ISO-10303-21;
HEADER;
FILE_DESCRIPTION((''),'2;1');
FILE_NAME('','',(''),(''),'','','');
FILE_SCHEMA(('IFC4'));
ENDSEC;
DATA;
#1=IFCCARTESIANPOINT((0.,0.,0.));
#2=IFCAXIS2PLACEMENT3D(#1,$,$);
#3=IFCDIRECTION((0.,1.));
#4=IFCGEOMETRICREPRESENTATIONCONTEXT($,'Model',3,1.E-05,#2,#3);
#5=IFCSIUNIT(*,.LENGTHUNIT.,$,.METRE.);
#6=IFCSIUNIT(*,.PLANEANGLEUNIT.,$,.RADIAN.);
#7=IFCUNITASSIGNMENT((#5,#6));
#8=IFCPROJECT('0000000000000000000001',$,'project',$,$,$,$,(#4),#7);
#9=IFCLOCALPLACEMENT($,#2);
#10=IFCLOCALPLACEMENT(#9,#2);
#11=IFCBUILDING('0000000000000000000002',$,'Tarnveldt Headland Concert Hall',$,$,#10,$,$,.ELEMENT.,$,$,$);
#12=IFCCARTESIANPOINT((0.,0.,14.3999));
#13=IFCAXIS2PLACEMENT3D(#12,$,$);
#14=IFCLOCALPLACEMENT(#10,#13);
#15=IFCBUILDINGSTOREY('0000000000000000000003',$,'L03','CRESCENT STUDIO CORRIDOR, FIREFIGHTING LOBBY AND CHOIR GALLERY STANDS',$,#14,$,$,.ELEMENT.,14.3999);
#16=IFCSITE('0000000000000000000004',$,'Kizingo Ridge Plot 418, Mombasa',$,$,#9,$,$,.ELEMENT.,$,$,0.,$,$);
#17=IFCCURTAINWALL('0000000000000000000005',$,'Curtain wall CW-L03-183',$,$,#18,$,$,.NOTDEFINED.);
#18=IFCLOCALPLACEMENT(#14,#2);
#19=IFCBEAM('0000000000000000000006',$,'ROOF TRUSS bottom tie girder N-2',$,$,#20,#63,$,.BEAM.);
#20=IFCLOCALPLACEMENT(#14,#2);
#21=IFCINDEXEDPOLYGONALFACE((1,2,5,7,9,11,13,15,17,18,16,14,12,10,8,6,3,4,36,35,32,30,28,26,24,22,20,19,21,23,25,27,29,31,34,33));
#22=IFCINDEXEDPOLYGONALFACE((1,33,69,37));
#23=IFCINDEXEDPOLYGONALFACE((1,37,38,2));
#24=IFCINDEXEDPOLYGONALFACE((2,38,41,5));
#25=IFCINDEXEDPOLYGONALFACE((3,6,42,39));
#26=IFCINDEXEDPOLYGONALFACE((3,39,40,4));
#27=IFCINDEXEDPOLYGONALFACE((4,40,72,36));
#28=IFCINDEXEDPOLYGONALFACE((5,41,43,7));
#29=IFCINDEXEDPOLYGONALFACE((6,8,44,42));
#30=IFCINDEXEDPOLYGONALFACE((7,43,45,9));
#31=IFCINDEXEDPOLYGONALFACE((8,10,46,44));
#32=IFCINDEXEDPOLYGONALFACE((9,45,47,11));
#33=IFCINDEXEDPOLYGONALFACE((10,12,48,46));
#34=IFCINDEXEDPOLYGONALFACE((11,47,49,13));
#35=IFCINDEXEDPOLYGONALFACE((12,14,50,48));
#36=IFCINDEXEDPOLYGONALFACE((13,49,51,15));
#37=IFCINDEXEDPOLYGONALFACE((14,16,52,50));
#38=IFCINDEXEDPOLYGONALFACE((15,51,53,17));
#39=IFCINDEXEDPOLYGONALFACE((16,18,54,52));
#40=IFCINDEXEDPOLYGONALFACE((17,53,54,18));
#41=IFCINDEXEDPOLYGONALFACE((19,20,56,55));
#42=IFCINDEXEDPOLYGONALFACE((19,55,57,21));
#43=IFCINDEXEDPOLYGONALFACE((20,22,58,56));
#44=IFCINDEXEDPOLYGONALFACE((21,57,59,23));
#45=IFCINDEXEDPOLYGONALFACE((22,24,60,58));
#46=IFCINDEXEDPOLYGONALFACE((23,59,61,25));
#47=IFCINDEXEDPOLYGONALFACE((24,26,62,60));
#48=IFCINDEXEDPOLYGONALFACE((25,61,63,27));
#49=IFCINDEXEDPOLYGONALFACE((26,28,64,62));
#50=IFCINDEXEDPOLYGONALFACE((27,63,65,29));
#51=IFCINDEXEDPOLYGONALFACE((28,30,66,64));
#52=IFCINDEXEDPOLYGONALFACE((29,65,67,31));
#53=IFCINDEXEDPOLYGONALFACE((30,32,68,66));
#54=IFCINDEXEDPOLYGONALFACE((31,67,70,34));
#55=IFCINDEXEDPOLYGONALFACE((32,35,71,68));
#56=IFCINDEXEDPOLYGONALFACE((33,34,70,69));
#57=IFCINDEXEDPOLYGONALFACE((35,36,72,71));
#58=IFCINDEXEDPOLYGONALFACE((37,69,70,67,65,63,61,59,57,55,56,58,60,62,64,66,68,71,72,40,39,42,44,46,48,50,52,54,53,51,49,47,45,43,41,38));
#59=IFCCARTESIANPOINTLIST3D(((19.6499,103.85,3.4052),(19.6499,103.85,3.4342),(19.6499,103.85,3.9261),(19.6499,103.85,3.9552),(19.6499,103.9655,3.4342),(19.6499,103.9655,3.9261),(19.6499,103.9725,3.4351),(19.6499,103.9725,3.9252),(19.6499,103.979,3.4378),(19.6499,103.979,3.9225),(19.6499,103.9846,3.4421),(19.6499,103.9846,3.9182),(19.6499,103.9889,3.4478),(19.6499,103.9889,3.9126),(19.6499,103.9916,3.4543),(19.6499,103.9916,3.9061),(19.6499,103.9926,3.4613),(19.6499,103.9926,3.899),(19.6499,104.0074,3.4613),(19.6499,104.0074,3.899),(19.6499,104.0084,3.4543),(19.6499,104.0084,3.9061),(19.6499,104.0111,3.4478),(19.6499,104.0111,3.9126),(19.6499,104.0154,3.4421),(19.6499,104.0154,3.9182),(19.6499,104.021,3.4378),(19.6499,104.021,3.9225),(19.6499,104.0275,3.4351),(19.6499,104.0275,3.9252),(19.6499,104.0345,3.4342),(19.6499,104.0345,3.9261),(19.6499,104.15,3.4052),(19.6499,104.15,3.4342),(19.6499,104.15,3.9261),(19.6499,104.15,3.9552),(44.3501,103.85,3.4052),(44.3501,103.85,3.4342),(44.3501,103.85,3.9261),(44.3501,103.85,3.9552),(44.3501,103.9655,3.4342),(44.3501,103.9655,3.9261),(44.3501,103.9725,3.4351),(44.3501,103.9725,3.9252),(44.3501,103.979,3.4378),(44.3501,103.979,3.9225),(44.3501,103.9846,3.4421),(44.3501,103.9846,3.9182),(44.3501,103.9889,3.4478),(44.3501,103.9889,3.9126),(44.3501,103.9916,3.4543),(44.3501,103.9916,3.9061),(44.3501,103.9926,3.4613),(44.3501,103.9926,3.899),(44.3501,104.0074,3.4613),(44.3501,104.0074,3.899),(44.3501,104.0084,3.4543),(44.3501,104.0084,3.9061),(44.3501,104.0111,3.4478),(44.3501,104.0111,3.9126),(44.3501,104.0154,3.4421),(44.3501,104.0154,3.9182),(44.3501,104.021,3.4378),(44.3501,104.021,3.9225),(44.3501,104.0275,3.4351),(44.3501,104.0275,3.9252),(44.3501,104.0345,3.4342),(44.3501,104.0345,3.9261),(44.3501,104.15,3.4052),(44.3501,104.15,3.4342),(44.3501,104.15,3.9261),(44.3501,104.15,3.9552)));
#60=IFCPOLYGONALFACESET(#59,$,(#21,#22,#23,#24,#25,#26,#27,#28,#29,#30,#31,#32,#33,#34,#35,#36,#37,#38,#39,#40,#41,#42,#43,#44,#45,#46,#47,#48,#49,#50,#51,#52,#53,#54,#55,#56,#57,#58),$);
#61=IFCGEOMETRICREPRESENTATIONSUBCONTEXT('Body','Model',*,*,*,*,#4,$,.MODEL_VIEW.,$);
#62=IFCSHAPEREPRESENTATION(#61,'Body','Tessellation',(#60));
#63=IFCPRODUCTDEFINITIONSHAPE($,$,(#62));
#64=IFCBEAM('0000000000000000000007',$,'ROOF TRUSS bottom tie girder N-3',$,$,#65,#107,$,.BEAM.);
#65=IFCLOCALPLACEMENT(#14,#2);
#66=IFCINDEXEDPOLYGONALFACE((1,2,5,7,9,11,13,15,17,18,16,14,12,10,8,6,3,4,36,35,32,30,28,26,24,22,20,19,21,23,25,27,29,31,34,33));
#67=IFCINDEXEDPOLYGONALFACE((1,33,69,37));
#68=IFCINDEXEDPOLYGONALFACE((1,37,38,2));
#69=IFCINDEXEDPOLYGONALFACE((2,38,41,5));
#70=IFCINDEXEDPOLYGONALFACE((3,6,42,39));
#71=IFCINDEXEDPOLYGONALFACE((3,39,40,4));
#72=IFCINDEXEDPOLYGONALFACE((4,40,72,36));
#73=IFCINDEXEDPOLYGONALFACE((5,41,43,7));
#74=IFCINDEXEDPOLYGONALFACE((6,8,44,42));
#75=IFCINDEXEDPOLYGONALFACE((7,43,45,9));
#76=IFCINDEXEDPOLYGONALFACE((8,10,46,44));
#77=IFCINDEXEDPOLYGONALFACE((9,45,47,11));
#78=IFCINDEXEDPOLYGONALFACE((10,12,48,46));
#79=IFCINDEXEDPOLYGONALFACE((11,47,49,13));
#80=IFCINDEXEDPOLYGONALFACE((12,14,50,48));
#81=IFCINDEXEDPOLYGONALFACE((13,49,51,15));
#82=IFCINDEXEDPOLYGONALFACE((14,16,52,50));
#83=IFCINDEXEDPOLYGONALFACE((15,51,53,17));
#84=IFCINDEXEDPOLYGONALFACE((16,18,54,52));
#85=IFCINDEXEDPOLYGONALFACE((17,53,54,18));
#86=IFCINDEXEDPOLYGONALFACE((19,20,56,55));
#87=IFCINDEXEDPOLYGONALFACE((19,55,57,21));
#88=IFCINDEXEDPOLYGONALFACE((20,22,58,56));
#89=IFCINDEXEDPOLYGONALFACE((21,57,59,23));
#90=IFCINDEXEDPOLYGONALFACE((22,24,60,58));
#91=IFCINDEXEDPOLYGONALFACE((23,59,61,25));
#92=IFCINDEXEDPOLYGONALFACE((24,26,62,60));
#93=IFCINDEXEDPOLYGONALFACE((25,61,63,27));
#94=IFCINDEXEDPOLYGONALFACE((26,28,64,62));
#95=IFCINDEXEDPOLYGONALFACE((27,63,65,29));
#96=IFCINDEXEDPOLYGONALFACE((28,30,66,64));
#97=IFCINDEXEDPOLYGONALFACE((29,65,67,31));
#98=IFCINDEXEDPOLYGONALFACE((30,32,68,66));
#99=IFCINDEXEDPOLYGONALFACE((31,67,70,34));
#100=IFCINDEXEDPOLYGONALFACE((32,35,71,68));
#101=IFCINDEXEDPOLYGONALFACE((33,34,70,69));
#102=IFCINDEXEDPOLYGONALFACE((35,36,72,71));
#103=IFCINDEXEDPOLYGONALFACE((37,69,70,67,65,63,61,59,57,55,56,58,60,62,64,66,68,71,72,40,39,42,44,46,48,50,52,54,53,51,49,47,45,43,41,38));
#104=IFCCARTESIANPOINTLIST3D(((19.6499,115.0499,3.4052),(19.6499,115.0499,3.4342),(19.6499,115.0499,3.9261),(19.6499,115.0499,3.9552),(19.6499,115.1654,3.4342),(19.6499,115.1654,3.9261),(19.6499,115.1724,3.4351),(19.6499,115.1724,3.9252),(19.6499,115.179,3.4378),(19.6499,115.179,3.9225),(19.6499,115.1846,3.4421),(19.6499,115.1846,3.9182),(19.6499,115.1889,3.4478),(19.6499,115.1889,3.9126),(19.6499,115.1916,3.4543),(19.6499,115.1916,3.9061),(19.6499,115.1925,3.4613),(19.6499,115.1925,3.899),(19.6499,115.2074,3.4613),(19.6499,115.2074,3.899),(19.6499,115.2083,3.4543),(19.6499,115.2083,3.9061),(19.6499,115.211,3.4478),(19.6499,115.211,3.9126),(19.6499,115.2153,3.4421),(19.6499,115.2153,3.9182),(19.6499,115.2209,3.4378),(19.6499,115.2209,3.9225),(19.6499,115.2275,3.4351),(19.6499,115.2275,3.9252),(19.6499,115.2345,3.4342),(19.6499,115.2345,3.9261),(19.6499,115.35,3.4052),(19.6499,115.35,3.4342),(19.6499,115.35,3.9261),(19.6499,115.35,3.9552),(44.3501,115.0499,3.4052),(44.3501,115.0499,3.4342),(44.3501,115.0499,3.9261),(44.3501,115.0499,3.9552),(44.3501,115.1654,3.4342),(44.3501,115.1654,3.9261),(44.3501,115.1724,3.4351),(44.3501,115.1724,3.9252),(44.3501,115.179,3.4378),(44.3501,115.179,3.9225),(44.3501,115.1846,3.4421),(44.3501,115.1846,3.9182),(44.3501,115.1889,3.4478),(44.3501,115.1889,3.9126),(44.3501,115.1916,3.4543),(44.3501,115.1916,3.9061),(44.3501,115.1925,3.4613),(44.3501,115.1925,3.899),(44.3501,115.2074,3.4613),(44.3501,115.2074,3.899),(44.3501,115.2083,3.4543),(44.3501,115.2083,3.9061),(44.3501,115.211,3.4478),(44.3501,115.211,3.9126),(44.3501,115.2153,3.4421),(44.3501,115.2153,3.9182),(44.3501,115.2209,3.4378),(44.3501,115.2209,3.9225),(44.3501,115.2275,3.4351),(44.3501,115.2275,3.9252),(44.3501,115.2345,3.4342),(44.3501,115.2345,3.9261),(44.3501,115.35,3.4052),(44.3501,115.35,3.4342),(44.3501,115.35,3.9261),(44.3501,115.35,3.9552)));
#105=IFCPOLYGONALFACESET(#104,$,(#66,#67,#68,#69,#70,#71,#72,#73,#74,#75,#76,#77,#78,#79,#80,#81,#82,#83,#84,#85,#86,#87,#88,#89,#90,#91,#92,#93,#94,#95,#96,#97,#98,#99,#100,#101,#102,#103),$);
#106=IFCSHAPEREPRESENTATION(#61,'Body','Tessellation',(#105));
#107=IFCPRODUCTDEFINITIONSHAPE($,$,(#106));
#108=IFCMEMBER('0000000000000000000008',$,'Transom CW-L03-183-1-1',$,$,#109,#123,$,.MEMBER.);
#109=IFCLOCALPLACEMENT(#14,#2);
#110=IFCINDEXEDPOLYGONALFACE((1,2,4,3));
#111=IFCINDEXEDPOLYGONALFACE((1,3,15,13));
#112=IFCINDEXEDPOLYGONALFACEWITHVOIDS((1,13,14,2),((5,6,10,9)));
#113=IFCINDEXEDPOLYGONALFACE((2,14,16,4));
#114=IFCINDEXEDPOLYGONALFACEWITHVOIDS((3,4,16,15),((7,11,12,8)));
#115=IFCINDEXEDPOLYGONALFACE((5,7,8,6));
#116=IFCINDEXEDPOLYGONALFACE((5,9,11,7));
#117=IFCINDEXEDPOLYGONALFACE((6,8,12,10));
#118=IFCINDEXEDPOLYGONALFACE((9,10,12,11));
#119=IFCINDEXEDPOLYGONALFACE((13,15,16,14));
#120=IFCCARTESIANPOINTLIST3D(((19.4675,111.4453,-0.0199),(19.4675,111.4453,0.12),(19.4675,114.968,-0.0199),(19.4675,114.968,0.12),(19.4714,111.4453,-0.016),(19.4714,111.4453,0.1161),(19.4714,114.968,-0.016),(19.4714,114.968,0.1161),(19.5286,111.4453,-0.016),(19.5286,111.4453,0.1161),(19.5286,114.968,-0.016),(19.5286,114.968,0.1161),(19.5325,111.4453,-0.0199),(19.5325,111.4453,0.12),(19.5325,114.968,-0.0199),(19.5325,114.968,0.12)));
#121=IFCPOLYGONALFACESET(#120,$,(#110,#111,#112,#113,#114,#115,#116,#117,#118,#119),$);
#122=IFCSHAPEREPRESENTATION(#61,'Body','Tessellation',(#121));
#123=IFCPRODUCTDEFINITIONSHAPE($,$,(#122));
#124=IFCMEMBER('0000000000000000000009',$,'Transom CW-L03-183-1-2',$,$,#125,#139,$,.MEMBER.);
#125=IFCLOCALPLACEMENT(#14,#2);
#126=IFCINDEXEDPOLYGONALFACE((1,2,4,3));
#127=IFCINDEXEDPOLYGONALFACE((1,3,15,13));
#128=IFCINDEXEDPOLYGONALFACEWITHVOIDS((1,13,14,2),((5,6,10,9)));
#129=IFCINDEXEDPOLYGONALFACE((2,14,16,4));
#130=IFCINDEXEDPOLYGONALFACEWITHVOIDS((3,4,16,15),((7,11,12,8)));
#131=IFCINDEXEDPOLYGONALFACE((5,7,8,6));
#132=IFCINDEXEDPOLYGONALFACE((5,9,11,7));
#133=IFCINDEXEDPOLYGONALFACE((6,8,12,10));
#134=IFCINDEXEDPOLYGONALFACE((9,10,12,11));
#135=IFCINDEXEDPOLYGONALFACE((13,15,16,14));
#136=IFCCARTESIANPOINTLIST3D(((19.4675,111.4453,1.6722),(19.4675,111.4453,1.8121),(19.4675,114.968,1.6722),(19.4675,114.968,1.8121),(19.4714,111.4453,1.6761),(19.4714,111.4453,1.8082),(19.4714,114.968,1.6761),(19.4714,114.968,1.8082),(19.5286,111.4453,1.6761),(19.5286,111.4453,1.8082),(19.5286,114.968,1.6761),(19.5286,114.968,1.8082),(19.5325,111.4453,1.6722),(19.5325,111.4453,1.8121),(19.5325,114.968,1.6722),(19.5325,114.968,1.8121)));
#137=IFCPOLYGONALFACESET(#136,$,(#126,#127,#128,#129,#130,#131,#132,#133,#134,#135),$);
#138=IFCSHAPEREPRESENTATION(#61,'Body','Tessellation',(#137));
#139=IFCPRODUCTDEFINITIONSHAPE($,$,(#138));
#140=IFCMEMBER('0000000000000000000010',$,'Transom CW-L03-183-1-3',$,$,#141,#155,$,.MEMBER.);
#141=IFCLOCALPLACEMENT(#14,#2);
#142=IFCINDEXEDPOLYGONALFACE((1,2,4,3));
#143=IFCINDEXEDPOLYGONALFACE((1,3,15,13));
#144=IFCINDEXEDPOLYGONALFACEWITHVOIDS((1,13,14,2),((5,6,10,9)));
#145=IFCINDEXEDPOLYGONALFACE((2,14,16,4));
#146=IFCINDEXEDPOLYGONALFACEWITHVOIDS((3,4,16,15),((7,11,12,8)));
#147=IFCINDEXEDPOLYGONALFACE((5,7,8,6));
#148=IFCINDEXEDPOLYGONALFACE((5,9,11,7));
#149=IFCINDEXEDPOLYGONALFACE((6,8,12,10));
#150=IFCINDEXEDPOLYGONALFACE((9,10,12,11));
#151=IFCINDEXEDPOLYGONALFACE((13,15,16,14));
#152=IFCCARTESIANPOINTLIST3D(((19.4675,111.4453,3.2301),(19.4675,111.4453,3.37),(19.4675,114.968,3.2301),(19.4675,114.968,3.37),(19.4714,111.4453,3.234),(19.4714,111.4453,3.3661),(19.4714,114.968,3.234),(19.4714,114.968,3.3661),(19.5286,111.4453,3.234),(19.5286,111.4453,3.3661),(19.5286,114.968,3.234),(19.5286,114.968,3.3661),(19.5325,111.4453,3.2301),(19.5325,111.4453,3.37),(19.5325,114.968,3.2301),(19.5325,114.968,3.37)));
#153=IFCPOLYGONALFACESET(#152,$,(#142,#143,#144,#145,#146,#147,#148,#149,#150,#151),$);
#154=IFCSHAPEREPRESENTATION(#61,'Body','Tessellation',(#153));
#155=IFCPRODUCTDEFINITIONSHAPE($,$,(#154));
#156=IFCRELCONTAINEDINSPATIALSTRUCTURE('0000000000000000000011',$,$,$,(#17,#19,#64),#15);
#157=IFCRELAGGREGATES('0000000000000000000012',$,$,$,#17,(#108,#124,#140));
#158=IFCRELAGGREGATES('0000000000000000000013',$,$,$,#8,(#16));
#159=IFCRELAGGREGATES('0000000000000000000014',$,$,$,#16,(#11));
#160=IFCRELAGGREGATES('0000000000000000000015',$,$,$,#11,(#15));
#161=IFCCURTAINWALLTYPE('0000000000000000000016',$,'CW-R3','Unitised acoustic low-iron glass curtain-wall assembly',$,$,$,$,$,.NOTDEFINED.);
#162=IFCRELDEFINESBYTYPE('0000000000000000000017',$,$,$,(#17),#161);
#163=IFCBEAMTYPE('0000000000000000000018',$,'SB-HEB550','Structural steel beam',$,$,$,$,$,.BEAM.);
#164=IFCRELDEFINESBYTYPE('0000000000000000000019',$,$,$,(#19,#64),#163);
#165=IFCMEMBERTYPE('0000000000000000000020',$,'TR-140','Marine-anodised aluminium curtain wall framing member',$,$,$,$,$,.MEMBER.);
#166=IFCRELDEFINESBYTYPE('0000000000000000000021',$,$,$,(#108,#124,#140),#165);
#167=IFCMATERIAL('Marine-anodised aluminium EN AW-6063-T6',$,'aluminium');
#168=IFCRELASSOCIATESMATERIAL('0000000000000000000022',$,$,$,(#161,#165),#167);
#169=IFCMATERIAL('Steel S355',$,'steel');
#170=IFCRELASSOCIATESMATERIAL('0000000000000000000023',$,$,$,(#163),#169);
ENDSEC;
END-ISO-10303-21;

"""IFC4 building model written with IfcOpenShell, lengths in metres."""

from ifc_helpers import new_model, si_unit, direction, frame, origin, origin_2d, place, context, subcontext, project, spatial, hollow_rectangle, i_section, extrude, material, material_profile, profile_set, type_object, element, aggregate, save


model = new_model("IFC4")

# Units and contexts
model_context = context("Model", 3, precision=1e-05, world=origin(), true_north=direction((0.0, 1.0)))
body_context = subcontext(model_context, "Body", "Model", "MODEL_VIEW")
ifc_project = project(units=[si_unit("LENGTHUNIT", "METRE"), si_unit("PLANEANGLEUNIT", "RADIAN")], contexts=[model_context])

# Site, building, storey
site_placement = place(None, origin())
site = spatial("IfcSite", under=ifc_project, at=site_placement, Name="Kizingo Ridge Plot 418, Mombasa", CompositionType="ELEMENT", RefElevation=0.0)
building_placement = place(site_placement, origin())
building = spatial("IfcBuilding", under=site, at=building_placement, Name="Tarnveldt Headland Concert Hall", CompositionType="ELEMENT")
storey_placement = place(building_placement, frame((0.0, 0.0, 14.3999)))
storey = spatial("IfcBuildingStorey", under=building, at=storey_placement, Name="L03", Description="CRESCENT STUDIO CORRIDOR, FIREFIGHTING LOBBY AND CHOIR GALLERY STANDS", CompositionType="ELEMENT", Elevation=14.3999)

# Shared definitions
ifc_material_1 = material(Name="Steel S355", Category="steel")

# Curtain wall
ifc_material_2 = material(Name="Marine-anodised aluminium EN AW-6063-T6", Category="aluminium")
curtain_wall_type = type_object("IfcCurtainWallType", Name="CW-R3", Description="Unitised acoustic low-iron glass curtain-wall assembly", PredefinedType="NOTDEFINED", material=ifc_material_2)
curtain_wall_placement = place(storey_placement, origin())
curtain_wall = element("IfcCurtainWall", 1, at=curtain_wall_placement, inside=storey, type_object=curtain_wall_type, Name="Curtain wall CW-L03-183", PredefinedType="NOTDEFINED")

# Beams
ifc_material_profile_1 = material_profile(ifc_material_1, i_section(OverallWidth=0.3, OverallDepth=0.55, WebThickness=0.0149, FlangeThickness=0.0291, FilletRadius=0.0271, at=origin_2d()), Name="HEB550", Category="steel")
ifc_profile_set_1 = profile_set([ifc_material_profile_1], Name="Steel S355")
beam_type = type_object("IfcBeamType", Name="SB-HEB550", Description="Structural steel beam", PredefinedType="BEAM", material=ifc_profile_set_1)
for number, where, z_axis, x_axis, name in (
    (2, (19.6499, 104.0, 3.6802), (1.0, 0.0, 0.0), (0.0, 1.0, 0.0), "ROOF TRUSS bottom tie girder N-2"),
    (3, (19.6499, 115.2, 3.6802), (1.0, 0.0, 0.0), (0.0, 1.0, 0.0), "ROOF TRUSS bottom tie girder N-3"),
):
    element("IfcBeam", number, at=place(storey_placement, frame(where, z_axis=z_axis, x_axis=x_axis)), inside=storey, type_object=beam_type, Name=name, PredefinedType="BEAM", context=body_context, shape_type="SweptSolid", body=[
        extrude(i_section(OverallWidth=0.3, OverallDepth=0.55, WebThickness=0.0149, FlangeThickness=0.0291, FilletRadius=0.0271, at=origin_2d()), origin(), (0.0, 0.0, 1.0), 24.7002),
    ])

# Members
ifc_material_profile_2 = material_profile(ifc_material_2, hollow_rectangle(XDim=0.0649, YDim=0.1399, WallThickness=0.0039, at=origin_2d()), Name="ALU TRANSOM 65x140x4", Category="aluminium")
ifc_profile_set_2 = profile_set([ifc_material_profile_2], Name="Marine-anodised aluminium EN AW-6063-T6")
member_type_1 = type_object("IfcMemberType", Name="TR-140", Description="Marine-anodised aluminium curtain wall framing member", PredefinedType="MEMBER", material=ifc_profile_set_2)
member_1_placement = place(storey_placement, frame((19.5, 114.968, 0.05), z_axis=(0.0, -1.0, 0.0), x_axis=(1.0, 0.0, 0.0)))
member_1 = element("IfcMember", 4, at=member_1_placement, type_object=member_type_1, Name="Transom CW-L03-183-1-1", PredefinedType="MEMBER", context=body_context, shape_type="SweptSolid", body=[
    extrude(hollow_rectangle(XDim=0.0649, YDim=0.1399, WallThickness=0.0039, at=origin_2d()), origin(), (0.0, 0.0, 1.0), 3.5227),
])
member_2_placement = place(storey_placement, frame((19.5, 114.968, 1.7422), z_axis=(0.0, -1.0, 0.0), x_axis=(1.0, 0.0, 0.0)))
member_2 = element("IfcMember", 5, at=member_2_placement, type_object=member_type_1, Name="Transom CW-L03-183-1-2", PredefinedType="MEMBER", context=body_context, shape_type="SweptSolid", body=[
    extrude(hollow_rectangle(XDim=0.0649, YDim=0.1399, WallThickness=0.0039, at=origin_2d()), origin(), (0.0, 0.0, 1.0), 3.5227),
])
member_3_placement = place(storey_placement, frame((19.5, 114.968, 3.3), z_axis=(0.0, -1.0, 0.0), x_axis=(1.0, 0.0, 0.0)))
member_3 = element("IfcMember", 6, at=member_3_placement, type_object=member_type_1, Name="Transom CW-L03-183-1-3", PredefinedType="MEMBER", context=body_context, shape_type="SweptSolid", body=[
    extrude(hollow_rectangle(XDim=0.0649, YDim=0.1399, WallThickness=0.0039, at=origin_2d()), origin(), (0.0, 0.0, 1.0), 3.5227),
])

aggregate(curtain_wall, [member_1, member_2, member_3])

save(model, "model.ifc")
